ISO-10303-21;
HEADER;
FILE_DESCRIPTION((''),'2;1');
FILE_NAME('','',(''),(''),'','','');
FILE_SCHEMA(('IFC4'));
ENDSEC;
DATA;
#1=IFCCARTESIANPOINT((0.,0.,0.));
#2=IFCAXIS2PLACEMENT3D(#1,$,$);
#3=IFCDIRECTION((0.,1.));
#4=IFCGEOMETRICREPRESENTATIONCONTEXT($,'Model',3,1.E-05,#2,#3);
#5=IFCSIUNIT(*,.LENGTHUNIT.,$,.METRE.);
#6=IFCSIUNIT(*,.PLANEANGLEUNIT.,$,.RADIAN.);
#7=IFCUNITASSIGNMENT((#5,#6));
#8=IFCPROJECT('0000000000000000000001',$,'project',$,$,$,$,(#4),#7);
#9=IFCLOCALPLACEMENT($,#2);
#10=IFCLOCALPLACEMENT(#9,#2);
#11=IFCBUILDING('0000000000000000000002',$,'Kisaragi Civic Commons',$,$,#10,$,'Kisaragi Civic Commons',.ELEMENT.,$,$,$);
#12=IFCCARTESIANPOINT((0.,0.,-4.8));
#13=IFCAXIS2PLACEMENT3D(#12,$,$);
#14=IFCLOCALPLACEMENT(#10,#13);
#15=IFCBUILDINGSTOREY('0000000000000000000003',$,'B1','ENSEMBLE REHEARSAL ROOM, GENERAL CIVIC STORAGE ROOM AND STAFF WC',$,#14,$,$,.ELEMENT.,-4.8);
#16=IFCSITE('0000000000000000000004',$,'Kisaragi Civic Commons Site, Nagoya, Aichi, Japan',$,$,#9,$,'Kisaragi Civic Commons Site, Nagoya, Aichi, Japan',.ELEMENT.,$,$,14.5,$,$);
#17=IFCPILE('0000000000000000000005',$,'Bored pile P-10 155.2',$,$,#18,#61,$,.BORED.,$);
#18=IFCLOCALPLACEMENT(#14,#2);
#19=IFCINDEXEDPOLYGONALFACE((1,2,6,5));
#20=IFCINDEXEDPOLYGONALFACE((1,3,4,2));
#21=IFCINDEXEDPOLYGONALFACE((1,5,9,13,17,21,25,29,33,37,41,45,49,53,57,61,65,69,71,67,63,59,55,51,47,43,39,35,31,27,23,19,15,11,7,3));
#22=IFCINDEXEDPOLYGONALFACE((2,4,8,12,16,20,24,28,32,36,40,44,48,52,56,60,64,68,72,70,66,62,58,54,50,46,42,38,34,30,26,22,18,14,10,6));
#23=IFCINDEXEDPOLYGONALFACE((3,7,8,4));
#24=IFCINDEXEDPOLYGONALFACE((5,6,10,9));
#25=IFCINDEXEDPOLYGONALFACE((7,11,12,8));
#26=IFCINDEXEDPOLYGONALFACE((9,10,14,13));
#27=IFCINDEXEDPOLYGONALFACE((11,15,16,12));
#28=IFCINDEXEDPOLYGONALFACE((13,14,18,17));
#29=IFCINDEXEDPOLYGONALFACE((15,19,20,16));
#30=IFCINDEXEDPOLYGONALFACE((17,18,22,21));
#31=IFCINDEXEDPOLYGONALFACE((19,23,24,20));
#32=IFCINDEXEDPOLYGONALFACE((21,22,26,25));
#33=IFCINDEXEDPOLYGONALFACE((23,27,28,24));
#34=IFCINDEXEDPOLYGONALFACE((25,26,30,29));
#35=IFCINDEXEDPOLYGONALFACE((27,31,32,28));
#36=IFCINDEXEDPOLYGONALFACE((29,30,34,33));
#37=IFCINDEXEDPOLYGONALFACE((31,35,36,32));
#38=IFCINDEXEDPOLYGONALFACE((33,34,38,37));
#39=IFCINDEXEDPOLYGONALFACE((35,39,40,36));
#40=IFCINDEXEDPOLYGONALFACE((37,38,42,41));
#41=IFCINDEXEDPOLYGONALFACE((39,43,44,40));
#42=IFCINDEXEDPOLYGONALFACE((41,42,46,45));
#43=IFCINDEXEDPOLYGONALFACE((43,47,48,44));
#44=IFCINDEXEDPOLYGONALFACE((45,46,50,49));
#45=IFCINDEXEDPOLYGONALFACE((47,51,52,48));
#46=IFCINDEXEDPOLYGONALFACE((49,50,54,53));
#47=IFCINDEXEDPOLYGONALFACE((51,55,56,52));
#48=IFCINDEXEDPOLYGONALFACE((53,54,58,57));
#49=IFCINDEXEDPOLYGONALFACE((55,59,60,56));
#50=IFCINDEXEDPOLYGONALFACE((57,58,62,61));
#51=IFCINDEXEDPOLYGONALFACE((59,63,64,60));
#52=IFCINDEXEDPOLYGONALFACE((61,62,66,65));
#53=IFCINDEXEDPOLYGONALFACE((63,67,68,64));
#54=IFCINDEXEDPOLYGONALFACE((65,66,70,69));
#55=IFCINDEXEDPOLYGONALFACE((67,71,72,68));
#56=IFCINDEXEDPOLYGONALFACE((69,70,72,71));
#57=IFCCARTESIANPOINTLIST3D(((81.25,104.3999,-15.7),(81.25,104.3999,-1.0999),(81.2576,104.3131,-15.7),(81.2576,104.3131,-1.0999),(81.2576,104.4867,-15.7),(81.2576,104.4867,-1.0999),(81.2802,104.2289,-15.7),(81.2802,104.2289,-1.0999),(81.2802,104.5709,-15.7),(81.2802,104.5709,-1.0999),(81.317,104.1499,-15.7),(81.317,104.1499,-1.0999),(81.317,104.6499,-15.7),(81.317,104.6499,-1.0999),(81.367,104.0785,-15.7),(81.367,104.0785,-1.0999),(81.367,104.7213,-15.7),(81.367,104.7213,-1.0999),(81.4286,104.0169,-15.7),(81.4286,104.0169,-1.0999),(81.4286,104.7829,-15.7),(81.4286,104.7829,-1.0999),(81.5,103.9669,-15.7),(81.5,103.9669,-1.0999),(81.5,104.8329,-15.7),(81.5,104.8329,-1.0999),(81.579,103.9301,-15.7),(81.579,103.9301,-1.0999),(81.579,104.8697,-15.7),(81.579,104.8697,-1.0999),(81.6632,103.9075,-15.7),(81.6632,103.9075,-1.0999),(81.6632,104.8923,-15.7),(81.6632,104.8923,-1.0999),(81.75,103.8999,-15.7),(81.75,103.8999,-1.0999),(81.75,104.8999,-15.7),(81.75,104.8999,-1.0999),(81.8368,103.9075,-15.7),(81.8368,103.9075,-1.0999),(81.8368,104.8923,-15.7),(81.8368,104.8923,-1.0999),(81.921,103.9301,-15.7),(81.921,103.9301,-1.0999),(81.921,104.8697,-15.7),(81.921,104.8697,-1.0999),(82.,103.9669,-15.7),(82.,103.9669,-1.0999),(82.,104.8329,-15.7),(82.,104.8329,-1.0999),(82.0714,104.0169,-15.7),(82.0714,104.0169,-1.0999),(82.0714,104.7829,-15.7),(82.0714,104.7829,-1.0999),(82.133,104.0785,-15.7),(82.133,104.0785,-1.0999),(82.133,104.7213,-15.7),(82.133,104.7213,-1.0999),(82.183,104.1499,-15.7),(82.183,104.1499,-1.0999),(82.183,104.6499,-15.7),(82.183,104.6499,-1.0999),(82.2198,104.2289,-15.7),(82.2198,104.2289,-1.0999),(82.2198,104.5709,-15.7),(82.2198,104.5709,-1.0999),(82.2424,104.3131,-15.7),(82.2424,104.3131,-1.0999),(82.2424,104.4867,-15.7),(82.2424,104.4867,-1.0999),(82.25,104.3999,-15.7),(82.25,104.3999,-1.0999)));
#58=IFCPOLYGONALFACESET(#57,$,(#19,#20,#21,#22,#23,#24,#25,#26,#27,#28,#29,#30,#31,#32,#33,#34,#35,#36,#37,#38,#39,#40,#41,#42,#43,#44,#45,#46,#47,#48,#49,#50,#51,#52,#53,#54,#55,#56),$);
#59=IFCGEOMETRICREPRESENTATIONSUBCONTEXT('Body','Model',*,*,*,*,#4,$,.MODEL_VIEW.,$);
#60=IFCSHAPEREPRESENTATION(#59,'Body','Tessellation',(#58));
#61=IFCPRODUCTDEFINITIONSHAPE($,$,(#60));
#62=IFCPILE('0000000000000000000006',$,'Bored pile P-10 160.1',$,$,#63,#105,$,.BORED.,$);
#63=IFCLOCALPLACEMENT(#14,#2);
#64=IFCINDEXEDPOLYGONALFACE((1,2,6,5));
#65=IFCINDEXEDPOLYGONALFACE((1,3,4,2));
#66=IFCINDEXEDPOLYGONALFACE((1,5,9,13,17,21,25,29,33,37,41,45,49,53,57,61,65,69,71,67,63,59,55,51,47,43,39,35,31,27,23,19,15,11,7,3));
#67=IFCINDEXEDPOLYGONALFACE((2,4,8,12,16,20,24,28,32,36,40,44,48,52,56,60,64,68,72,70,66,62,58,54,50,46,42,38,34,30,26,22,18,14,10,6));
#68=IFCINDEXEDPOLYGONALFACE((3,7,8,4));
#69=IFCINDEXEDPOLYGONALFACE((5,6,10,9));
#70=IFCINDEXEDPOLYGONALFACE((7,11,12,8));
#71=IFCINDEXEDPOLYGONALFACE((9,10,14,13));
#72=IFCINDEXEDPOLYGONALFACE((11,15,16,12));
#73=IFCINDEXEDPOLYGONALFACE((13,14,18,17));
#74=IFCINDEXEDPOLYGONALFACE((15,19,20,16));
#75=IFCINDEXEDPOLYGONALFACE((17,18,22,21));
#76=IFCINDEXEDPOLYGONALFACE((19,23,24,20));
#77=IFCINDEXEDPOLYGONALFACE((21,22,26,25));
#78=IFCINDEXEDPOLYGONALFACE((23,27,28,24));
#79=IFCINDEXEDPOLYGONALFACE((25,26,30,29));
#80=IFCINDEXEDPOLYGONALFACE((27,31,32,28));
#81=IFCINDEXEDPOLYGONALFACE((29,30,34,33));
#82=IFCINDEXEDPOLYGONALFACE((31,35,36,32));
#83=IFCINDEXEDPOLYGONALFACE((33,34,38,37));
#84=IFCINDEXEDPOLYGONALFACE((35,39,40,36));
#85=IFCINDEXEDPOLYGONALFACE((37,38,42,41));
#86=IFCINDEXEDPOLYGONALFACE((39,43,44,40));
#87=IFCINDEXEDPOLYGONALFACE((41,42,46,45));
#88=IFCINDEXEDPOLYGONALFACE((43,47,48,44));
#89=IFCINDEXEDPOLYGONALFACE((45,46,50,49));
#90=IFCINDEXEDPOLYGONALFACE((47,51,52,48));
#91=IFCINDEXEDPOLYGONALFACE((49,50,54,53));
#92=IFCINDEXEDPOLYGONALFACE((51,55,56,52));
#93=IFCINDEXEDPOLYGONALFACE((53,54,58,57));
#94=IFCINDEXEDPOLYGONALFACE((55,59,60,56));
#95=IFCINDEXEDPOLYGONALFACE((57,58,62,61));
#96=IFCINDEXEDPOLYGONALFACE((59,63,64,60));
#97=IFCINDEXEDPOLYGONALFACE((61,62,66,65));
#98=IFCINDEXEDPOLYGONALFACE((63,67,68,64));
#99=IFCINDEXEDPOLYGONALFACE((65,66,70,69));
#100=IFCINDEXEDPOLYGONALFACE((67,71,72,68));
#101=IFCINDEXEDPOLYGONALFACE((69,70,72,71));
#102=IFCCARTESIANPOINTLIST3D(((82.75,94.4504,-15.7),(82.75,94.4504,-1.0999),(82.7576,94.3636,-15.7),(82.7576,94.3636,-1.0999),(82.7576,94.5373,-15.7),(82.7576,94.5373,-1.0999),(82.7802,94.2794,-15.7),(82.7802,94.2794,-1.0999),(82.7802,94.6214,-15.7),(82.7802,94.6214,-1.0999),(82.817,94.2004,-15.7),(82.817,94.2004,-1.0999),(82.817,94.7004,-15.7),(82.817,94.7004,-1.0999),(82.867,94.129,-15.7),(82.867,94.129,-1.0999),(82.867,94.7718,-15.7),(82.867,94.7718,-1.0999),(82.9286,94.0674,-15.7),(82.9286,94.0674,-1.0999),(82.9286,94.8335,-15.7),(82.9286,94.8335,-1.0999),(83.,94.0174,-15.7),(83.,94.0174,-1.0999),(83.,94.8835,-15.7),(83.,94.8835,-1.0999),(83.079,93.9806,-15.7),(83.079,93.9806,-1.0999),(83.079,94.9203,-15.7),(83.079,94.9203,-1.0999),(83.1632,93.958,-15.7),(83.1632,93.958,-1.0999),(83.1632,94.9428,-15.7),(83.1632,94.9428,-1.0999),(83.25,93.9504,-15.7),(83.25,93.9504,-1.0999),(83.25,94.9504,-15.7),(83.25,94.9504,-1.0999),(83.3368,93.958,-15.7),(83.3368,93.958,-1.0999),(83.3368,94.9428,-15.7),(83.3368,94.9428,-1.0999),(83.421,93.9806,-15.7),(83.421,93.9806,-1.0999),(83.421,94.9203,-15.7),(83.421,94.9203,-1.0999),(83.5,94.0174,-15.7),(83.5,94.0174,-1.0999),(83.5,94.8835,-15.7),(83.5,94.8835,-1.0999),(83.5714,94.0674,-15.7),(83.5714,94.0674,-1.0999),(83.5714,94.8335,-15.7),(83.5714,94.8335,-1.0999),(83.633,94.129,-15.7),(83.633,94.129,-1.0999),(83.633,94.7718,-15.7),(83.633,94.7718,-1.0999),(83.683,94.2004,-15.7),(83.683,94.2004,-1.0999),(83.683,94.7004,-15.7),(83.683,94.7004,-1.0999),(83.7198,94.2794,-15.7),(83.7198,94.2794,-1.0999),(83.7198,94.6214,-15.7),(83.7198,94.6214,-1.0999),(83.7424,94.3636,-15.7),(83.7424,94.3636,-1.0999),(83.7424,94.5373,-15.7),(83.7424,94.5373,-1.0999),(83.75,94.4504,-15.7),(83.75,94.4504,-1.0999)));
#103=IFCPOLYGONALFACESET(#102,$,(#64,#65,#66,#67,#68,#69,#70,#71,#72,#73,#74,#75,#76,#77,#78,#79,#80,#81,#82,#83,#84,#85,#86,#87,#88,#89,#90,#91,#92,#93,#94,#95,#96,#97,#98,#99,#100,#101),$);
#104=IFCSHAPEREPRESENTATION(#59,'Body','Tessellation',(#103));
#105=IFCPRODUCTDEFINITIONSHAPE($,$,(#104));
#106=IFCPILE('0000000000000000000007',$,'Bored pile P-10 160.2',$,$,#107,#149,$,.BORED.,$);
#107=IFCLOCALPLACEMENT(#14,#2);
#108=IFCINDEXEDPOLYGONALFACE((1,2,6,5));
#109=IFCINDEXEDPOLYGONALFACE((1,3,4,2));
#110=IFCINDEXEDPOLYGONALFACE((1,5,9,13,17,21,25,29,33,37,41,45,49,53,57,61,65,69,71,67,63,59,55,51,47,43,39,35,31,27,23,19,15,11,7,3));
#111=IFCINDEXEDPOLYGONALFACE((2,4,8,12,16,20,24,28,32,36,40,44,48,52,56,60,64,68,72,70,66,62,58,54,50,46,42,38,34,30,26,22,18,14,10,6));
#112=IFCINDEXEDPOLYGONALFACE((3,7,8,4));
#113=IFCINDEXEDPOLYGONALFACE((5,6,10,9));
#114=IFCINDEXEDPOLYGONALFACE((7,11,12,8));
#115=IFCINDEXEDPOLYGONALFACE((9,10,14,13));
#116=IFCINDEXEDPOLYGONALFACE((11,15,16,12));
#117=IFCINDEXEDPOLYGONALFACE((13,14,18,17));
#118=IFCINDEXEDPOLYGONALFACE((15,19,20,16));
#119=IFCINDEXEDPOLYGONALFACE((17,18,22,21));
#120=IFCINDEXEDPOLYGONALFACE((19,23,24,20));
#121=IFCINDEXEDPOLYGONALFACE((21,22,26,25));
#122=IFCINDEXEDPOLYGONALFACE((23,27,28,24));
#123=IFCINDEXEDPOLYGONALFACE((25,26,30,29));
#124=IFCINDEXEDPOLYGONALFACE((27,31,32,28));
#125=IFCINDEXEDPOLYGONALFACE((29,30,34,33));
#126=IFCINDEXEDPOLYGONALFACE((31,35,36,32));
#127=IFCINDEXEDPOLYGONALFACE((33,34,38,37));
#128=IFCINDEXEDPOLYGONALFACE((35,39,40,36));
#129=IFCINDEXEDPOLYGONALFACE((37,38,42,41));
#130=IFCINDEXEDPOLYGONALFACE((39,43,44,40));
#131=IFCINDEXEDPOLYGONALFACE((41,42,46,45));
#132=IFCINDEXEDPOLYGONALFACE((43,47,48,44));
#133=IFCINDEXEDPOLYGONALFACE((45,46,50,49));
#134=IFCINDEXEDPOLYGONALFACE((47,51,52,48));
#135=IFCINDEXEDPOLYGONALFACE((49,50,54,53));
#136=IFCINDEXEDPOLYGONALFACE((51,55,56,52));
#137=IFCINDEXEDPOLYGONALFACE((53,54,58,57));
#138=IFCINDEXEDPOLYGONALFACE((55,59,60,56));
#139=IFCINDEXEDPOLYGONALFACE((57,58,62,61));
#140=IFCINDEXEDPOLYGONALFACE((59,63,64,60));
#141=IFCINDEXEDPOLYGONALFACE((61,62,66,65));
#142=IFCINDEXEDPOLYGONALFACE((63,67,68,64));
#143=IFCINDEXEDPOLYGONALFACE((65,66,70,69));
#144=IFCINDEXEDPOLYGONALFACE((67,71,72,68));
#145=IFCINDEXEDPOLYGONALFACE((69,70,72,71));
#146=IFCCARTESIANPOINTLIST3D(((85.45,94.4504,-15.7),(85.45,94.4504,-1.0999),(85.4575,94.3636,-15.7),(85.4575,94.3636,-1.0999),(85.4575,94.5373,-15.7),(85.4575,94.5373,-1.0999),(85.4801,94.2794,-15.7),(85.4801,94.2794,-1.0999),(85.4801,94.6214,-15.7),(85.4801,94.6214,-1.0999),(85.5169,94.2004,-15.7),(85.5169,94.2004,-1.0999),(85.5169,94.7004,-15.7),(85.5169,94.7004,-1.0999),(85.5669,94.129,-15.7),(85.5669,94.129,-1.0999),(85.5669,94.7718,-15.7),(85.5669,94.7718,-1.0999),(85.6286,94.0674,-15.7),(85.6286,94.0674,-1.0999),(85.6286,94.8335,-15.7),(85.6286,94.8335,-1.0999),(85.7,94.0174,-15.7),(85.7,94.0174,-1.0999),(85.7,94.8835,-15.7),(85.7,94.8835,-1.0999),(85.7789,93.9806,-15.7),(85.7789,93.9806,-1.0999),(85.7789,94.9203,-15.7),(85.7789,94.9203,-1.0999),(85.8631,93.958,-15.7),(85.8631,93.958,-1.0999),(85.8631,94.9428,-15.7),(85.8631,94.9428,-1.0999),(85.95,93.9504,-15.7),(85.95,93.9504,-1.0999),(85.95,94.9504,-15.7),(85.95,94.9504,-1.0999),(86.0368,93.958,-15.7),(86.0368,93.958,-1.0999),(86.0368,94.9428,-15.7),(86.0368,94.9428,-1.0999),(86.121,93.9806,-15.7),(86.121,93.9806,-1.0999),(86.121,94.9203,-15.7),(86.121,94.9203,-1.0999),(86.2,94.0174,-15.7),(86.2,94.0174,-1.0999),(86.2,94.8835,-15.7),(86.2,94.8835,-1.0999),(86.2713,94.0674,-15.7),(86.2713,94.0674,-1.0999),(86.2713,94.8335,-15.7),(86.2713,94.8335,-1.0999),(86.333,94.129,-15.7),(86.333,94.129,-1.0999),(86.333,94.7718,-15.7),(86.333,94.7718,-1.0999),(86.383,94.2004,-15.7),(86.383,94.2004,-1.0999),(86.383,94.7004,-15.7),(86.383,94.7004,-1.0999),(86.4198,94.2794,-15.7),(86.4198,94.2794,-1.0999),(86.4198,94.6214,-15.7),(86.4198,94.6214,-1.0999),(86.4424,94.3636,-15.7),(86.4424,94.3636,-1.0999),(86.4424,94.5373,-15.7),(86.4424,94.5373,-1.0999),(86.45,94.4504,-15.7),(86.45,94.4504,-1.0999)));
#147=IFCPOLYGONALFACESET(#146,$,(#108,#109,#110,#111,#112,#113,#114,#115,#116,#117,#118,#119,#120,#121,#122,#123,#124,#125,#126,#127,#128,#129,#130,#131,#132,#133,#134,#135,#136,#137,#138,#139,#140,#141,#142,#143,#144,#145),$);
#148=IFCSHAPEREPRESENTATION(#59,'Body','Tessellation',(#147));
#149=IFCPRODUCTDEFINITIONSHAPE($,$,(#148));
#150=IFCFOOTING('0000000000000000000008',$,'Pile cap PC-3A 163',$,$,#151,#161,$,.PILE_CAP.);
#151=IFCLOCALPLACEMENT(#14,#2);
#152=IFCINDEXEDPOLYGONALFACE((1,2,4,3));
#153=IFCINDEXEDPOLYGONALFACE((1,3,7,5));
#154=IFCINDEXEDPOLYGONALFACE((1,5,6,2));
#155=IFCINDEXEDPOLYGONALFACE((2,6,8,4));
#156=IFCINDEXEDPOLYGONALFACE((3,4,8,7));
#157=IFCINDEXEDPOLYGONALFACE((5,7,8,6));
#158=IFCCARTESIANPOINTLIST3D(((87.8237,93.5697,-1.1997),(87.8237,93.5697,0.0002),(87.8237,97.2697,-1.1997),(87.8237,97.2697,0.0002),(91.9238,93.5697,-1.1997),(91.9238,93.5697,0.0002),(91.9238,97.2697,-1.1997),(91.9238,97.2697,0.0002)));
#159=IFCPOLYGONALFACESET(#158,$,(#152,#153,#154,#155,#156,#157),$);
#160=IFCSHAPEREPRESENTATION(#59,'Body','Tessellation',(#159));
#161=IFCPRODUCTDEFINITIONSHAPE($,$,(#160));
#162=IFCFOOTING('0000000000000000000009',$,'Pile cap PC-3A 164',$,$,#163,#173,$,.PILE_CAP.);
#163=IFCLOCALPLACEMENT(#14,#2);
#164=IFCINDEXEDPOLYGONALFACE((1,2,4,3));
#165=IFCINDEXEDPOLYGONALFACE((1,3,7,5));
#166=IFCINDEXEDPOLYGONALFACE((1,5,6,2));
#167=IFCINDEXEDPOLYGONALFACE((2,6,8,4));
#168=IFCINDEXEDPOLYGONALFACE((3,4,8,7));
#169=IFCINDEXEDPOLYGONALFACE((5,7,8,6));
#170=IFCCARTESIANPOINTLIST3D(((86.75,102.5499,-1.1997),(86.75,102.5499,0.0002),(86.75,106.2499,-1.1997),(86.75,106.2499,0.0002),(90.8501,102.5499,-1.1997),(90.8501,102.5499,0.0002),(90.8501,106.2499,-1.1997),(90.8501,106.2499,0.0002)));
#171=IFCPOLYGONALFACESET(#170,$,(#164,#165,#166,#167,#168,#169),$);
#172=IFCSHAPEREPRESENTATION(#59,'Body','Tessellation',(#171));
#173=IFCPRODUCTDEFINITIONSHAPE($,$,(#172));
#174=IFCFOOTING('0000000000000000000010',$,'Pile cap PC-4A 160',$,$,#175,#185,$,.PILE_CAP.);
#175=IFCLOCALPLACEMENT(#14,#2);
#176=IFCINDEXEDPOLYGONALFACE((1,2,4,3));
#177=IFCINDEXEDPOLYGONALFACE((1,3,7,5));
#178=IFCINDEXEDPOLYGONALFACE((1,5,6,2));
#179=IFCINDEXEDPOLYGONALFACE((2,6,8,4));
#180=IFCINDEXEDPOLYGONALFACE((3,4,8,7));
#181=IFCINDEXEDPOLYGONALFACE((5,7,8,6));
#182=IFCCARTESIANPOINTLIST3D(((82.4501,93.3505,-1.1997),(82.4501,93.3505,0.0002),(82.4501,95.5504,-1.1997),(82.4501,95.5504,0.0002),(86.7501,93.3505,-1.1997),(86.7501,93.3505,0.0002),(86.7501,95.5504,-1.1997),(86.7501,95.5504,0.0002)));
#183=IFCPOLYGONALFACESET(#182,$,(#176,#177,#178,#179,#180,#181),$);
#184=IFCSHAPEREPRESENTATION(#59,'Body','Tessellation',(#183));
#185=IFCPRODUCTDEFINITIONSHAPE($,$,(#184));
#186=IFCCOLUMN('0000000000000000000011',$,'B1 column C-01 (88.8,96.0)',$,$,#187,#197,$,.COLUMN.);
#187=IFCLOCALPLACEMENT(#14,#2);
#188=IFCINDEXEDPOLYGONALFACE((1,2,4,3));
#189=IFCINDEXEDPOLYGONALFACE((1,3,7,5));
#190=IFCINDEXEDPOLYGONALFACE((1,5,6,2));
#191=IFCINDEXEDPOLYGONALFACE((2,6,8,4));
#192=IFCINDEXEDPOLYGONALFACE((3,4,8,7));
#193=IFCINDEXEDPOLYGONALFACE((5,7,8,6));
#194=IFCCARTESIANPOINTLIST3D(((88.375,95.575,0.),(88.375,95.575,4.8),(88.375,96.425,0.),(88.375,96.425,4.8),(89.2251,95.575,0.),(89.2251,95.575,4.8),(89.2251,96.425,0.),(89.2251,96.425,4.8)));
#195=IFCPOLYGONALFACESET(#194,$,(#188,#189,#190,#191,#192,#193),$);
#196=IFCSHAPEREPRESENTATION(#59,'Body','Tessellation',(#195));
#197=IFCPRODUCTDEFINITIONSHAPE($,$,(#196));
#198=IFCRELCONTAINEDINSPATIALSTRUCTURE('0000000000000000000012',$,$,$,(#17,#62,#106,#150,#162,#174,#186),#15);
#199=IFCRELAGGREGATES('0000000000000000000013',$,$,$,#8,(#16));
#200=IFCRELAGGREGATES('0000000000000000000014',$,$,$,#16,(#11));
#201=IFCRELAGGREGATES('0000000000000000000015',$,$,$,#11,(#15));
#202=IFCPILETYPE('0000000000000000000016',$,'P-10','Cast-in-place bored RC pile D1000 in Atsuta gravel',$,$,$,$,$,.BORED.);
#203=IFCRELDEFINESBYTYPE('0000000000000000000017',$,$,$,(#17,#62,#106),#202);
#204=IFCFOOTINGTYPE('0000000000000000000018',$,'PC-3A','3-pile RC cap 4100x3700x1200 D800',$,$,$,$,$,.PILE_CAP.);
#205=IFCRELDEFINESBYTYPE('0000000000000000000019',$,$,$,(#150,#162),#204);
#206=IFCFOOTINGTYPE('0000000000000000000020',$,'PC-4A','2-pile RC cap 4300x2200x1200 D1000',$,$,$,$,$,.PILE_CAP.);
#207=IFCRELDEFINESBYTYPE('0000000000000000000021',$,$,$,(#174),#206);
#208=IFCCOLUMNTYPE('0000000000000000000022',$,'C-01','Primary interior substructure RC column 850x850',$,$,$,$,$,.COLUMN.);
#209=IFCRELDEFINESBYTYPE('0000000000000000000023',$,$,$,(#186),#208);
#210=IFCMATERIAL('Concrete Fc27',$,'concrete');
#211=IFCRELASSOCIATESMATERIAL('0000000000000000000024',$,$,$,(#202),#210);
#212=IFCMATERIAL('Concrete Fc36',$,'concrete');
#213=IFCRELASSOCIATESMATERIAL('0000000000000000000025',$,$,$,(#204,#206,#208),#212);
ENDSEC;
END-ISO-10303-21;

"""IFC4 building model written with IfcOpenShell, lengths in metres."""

from ifc_helpers import new_model, si_unit, direction, frame, origin, origin_2d, place, context, subcontext, project, spatial, rectangle, circle, extrude, material, material_profile, profile_set, type_object, element, save


model = new_model("IFC4")

# Units and contexts
model_context = context("Model", 3, precision=1e-05, world=origin(), true_north=direction((0.0, 1.0)))
body_context = subcontext(model_context, "Body", "Model", "MODEL_VIEW")
ifc_project = project(units=[si_unit("LENGTHUNIT", "METRE"), si_unit("PLANEANGLEUNIT", "RADIAN")], contexts=[model_context])

# Site, building, storey
site_placement = place(None, origin())
site = spatial("IfcSite", under=ifc_project, at=site_placement, Name="Kisaragi Civic Commons Site, Nagoya, Aichi, Japan", LongName="Kisaragi Civic Commons Site, Nagoya, Aichi, Japan", CompositionType="ELEMENT", RefElevation=14.5)
building_placement = place(site_placement, origin())
building = spatial("IfcBuilding", under=site, at=building_placement, Name="Kisaragi Civic Commons", LongName="Kisaragi Civic Commons", CompositionType="ELEMENT")
storey_placement = place(building_placement, frame((0.0, 0.0, -4.8)))
storey = spatial("IfcBuildingStorey", under=building, at=storey_placement, Name="B1", Description="ENSEMBLE REHEARSAL ROOM, GENERAL CIVIC STORAGE ROOM AND STAFF WC", CompositionType="ELEMENT", Elevation=-4.8)

# Shared definitions
ifc_material_1 = material(Name="Concrete Fc27", Category="concrete")

# Piles
ifc_material_profile_1 = material_profile(ifc_material_1, circle(Radius=0.5, at=origin_2d()), Name="PILE-D1000", Category="concrete")
ifc_profile_set_1 = profile_set([ifc_material_profile_1], Name="Concrete Fc27")
pile_type_1 = type_object("IfcPileType", Name="P-10", Description="Cast-in-place bored RC pile D1000 in Atsuta gravel", PredefinedType="BORED", material=ifc_profile_set_1)
for number, where, z_axis, x_axis, name in (
    (1, (81.75, 104.3999, -1.0999), (0.0, 0.0, -1.0), (1.0, 0.0, 0.0), "Bored pile P-10 155.2"),
    (2, (83.25, 94.4504, -1.0999), (0.0, 0.0, -1.0), (1.0, 0.0, 0.0), "Bored pile P-10 160.1"),
    (3, (85.95, 94.4504, -1.0999), (0.0, 0.0, -1.0), (1.0, 0.0, 0.0), "Bored pile P-10 160.2"),
):
    element("IfcPile", number, at=place(storey_placement, frame(where, z_axis=z_axis, x_axis=x_axis)), inside=storey, type_object=pile_type_1, Name=name, PredefinedType="BORED", context=body_context, shape_type="SweptSolid", body=[
        extrude(circle(Radius=0.5, at=origin_2d()), origin(), (0.0, 0.0, 1.0), 14.6001),
    ])

# Footings
ifc_material_2 = material(Name="Concrete Fc36", Category="concrete")
footing_type_1 = type_object("IfcFootingType", Name="PC-3A", Description="3-pile RC cap 4100x3700x1200 D800", PredefinedType="PILE_CAP", material=ifc_material_2)
for number, where, z_axis, x_axis, name in (
    (4, (89.8738, 95.4197, -1.1997), (0.0, 0.0, 1.0), (1.0, 0.0, 0.0), "Pile cap PC-3A 163"),
    (5, (88.8, 104.3999, -1.1997), (0.0, 0.0, 1.0), (1.0, 0.0, 0.0), "Pile cap PC-3A 164"),
):
    element("IfcFooting", number, at=place(storey_placement, frame(where, z_axis=z_axis, x_axis=x_axis)), inside=storey, type_object=footing_type_1, Name=name, PredefinedType="PILE_CAP", context=body_context, shape_type="SweptSolid", body=[
        extrude(rectangle(XDim=4.1001, YDim=3.7, at=origin_2d()), origin(), (0.0, 0.0, 1.0), 1.2),
    ])
footing_type_2 = type_object("IfcFootingType", Name="PC-4A", Description="2-pile RC cap 4300x2200x1200 D1000", PredefinedType="PILE_CAP", material=ifc_material_2)
footing_1_placement = place(storey_placement, frame((84.6001, 94.4504, -1.1997), z_axis=(0.0, 0.0, 1.0), x_axis=(1.0, 0.0, 0.0)))
element("IfcFooting", 6, at=footing_1_placement, inside=storey, type_object=footing_type_2, Name="Pile cap PC-4A 160", PredefinedType="PILE_CAP", context=body_context, shape_type="SweptSolid", body=[
    extrude(rectangle(XDim=4.3, YDim=2.2, at=origin_2d()), origin(), (0.0, 0.0, 1.0), 1.2),
])

# Column
ifc_material_profile_2 = material_profile(ifc_material_2, rectangle(XDim=0.8501, YDim=0.8501, at=origin_2d()), Name="RC-850x850", Category="concrete")
ifc_profile_set_2 = profile_set([ifc_material_profile_2], Name="Concrete Fc36")
column_type_1 = type_object("IfcColumnType", Name="C-01", Description="Primary interior substructure RC column 850x850", PredefinedType="COLUMN", material=ifc_profile_set_2)
column_1_placement = place(storey_placement, frame((88.8, 96.0, 0.0), z_axis=(0.0, 0.0, 1.0), x_axis=(1.0, 0.0, 0.0)))
element("IfcColumn", 7, at=column_1_placement, inside=storey, type_object=column_type_1, Name="B1 column C-01 (88.8,96.0)", PredefinedType="COLUMN", context=body_context, shape_type="SweptSolid", body=[
    extrude(rectangle(XDim=0.8501, YDim=0.8501, at=origin_2d()), origin(), (0.0, 0.0, 1.0), 4.8),
])

save(model, "model.ifc")
